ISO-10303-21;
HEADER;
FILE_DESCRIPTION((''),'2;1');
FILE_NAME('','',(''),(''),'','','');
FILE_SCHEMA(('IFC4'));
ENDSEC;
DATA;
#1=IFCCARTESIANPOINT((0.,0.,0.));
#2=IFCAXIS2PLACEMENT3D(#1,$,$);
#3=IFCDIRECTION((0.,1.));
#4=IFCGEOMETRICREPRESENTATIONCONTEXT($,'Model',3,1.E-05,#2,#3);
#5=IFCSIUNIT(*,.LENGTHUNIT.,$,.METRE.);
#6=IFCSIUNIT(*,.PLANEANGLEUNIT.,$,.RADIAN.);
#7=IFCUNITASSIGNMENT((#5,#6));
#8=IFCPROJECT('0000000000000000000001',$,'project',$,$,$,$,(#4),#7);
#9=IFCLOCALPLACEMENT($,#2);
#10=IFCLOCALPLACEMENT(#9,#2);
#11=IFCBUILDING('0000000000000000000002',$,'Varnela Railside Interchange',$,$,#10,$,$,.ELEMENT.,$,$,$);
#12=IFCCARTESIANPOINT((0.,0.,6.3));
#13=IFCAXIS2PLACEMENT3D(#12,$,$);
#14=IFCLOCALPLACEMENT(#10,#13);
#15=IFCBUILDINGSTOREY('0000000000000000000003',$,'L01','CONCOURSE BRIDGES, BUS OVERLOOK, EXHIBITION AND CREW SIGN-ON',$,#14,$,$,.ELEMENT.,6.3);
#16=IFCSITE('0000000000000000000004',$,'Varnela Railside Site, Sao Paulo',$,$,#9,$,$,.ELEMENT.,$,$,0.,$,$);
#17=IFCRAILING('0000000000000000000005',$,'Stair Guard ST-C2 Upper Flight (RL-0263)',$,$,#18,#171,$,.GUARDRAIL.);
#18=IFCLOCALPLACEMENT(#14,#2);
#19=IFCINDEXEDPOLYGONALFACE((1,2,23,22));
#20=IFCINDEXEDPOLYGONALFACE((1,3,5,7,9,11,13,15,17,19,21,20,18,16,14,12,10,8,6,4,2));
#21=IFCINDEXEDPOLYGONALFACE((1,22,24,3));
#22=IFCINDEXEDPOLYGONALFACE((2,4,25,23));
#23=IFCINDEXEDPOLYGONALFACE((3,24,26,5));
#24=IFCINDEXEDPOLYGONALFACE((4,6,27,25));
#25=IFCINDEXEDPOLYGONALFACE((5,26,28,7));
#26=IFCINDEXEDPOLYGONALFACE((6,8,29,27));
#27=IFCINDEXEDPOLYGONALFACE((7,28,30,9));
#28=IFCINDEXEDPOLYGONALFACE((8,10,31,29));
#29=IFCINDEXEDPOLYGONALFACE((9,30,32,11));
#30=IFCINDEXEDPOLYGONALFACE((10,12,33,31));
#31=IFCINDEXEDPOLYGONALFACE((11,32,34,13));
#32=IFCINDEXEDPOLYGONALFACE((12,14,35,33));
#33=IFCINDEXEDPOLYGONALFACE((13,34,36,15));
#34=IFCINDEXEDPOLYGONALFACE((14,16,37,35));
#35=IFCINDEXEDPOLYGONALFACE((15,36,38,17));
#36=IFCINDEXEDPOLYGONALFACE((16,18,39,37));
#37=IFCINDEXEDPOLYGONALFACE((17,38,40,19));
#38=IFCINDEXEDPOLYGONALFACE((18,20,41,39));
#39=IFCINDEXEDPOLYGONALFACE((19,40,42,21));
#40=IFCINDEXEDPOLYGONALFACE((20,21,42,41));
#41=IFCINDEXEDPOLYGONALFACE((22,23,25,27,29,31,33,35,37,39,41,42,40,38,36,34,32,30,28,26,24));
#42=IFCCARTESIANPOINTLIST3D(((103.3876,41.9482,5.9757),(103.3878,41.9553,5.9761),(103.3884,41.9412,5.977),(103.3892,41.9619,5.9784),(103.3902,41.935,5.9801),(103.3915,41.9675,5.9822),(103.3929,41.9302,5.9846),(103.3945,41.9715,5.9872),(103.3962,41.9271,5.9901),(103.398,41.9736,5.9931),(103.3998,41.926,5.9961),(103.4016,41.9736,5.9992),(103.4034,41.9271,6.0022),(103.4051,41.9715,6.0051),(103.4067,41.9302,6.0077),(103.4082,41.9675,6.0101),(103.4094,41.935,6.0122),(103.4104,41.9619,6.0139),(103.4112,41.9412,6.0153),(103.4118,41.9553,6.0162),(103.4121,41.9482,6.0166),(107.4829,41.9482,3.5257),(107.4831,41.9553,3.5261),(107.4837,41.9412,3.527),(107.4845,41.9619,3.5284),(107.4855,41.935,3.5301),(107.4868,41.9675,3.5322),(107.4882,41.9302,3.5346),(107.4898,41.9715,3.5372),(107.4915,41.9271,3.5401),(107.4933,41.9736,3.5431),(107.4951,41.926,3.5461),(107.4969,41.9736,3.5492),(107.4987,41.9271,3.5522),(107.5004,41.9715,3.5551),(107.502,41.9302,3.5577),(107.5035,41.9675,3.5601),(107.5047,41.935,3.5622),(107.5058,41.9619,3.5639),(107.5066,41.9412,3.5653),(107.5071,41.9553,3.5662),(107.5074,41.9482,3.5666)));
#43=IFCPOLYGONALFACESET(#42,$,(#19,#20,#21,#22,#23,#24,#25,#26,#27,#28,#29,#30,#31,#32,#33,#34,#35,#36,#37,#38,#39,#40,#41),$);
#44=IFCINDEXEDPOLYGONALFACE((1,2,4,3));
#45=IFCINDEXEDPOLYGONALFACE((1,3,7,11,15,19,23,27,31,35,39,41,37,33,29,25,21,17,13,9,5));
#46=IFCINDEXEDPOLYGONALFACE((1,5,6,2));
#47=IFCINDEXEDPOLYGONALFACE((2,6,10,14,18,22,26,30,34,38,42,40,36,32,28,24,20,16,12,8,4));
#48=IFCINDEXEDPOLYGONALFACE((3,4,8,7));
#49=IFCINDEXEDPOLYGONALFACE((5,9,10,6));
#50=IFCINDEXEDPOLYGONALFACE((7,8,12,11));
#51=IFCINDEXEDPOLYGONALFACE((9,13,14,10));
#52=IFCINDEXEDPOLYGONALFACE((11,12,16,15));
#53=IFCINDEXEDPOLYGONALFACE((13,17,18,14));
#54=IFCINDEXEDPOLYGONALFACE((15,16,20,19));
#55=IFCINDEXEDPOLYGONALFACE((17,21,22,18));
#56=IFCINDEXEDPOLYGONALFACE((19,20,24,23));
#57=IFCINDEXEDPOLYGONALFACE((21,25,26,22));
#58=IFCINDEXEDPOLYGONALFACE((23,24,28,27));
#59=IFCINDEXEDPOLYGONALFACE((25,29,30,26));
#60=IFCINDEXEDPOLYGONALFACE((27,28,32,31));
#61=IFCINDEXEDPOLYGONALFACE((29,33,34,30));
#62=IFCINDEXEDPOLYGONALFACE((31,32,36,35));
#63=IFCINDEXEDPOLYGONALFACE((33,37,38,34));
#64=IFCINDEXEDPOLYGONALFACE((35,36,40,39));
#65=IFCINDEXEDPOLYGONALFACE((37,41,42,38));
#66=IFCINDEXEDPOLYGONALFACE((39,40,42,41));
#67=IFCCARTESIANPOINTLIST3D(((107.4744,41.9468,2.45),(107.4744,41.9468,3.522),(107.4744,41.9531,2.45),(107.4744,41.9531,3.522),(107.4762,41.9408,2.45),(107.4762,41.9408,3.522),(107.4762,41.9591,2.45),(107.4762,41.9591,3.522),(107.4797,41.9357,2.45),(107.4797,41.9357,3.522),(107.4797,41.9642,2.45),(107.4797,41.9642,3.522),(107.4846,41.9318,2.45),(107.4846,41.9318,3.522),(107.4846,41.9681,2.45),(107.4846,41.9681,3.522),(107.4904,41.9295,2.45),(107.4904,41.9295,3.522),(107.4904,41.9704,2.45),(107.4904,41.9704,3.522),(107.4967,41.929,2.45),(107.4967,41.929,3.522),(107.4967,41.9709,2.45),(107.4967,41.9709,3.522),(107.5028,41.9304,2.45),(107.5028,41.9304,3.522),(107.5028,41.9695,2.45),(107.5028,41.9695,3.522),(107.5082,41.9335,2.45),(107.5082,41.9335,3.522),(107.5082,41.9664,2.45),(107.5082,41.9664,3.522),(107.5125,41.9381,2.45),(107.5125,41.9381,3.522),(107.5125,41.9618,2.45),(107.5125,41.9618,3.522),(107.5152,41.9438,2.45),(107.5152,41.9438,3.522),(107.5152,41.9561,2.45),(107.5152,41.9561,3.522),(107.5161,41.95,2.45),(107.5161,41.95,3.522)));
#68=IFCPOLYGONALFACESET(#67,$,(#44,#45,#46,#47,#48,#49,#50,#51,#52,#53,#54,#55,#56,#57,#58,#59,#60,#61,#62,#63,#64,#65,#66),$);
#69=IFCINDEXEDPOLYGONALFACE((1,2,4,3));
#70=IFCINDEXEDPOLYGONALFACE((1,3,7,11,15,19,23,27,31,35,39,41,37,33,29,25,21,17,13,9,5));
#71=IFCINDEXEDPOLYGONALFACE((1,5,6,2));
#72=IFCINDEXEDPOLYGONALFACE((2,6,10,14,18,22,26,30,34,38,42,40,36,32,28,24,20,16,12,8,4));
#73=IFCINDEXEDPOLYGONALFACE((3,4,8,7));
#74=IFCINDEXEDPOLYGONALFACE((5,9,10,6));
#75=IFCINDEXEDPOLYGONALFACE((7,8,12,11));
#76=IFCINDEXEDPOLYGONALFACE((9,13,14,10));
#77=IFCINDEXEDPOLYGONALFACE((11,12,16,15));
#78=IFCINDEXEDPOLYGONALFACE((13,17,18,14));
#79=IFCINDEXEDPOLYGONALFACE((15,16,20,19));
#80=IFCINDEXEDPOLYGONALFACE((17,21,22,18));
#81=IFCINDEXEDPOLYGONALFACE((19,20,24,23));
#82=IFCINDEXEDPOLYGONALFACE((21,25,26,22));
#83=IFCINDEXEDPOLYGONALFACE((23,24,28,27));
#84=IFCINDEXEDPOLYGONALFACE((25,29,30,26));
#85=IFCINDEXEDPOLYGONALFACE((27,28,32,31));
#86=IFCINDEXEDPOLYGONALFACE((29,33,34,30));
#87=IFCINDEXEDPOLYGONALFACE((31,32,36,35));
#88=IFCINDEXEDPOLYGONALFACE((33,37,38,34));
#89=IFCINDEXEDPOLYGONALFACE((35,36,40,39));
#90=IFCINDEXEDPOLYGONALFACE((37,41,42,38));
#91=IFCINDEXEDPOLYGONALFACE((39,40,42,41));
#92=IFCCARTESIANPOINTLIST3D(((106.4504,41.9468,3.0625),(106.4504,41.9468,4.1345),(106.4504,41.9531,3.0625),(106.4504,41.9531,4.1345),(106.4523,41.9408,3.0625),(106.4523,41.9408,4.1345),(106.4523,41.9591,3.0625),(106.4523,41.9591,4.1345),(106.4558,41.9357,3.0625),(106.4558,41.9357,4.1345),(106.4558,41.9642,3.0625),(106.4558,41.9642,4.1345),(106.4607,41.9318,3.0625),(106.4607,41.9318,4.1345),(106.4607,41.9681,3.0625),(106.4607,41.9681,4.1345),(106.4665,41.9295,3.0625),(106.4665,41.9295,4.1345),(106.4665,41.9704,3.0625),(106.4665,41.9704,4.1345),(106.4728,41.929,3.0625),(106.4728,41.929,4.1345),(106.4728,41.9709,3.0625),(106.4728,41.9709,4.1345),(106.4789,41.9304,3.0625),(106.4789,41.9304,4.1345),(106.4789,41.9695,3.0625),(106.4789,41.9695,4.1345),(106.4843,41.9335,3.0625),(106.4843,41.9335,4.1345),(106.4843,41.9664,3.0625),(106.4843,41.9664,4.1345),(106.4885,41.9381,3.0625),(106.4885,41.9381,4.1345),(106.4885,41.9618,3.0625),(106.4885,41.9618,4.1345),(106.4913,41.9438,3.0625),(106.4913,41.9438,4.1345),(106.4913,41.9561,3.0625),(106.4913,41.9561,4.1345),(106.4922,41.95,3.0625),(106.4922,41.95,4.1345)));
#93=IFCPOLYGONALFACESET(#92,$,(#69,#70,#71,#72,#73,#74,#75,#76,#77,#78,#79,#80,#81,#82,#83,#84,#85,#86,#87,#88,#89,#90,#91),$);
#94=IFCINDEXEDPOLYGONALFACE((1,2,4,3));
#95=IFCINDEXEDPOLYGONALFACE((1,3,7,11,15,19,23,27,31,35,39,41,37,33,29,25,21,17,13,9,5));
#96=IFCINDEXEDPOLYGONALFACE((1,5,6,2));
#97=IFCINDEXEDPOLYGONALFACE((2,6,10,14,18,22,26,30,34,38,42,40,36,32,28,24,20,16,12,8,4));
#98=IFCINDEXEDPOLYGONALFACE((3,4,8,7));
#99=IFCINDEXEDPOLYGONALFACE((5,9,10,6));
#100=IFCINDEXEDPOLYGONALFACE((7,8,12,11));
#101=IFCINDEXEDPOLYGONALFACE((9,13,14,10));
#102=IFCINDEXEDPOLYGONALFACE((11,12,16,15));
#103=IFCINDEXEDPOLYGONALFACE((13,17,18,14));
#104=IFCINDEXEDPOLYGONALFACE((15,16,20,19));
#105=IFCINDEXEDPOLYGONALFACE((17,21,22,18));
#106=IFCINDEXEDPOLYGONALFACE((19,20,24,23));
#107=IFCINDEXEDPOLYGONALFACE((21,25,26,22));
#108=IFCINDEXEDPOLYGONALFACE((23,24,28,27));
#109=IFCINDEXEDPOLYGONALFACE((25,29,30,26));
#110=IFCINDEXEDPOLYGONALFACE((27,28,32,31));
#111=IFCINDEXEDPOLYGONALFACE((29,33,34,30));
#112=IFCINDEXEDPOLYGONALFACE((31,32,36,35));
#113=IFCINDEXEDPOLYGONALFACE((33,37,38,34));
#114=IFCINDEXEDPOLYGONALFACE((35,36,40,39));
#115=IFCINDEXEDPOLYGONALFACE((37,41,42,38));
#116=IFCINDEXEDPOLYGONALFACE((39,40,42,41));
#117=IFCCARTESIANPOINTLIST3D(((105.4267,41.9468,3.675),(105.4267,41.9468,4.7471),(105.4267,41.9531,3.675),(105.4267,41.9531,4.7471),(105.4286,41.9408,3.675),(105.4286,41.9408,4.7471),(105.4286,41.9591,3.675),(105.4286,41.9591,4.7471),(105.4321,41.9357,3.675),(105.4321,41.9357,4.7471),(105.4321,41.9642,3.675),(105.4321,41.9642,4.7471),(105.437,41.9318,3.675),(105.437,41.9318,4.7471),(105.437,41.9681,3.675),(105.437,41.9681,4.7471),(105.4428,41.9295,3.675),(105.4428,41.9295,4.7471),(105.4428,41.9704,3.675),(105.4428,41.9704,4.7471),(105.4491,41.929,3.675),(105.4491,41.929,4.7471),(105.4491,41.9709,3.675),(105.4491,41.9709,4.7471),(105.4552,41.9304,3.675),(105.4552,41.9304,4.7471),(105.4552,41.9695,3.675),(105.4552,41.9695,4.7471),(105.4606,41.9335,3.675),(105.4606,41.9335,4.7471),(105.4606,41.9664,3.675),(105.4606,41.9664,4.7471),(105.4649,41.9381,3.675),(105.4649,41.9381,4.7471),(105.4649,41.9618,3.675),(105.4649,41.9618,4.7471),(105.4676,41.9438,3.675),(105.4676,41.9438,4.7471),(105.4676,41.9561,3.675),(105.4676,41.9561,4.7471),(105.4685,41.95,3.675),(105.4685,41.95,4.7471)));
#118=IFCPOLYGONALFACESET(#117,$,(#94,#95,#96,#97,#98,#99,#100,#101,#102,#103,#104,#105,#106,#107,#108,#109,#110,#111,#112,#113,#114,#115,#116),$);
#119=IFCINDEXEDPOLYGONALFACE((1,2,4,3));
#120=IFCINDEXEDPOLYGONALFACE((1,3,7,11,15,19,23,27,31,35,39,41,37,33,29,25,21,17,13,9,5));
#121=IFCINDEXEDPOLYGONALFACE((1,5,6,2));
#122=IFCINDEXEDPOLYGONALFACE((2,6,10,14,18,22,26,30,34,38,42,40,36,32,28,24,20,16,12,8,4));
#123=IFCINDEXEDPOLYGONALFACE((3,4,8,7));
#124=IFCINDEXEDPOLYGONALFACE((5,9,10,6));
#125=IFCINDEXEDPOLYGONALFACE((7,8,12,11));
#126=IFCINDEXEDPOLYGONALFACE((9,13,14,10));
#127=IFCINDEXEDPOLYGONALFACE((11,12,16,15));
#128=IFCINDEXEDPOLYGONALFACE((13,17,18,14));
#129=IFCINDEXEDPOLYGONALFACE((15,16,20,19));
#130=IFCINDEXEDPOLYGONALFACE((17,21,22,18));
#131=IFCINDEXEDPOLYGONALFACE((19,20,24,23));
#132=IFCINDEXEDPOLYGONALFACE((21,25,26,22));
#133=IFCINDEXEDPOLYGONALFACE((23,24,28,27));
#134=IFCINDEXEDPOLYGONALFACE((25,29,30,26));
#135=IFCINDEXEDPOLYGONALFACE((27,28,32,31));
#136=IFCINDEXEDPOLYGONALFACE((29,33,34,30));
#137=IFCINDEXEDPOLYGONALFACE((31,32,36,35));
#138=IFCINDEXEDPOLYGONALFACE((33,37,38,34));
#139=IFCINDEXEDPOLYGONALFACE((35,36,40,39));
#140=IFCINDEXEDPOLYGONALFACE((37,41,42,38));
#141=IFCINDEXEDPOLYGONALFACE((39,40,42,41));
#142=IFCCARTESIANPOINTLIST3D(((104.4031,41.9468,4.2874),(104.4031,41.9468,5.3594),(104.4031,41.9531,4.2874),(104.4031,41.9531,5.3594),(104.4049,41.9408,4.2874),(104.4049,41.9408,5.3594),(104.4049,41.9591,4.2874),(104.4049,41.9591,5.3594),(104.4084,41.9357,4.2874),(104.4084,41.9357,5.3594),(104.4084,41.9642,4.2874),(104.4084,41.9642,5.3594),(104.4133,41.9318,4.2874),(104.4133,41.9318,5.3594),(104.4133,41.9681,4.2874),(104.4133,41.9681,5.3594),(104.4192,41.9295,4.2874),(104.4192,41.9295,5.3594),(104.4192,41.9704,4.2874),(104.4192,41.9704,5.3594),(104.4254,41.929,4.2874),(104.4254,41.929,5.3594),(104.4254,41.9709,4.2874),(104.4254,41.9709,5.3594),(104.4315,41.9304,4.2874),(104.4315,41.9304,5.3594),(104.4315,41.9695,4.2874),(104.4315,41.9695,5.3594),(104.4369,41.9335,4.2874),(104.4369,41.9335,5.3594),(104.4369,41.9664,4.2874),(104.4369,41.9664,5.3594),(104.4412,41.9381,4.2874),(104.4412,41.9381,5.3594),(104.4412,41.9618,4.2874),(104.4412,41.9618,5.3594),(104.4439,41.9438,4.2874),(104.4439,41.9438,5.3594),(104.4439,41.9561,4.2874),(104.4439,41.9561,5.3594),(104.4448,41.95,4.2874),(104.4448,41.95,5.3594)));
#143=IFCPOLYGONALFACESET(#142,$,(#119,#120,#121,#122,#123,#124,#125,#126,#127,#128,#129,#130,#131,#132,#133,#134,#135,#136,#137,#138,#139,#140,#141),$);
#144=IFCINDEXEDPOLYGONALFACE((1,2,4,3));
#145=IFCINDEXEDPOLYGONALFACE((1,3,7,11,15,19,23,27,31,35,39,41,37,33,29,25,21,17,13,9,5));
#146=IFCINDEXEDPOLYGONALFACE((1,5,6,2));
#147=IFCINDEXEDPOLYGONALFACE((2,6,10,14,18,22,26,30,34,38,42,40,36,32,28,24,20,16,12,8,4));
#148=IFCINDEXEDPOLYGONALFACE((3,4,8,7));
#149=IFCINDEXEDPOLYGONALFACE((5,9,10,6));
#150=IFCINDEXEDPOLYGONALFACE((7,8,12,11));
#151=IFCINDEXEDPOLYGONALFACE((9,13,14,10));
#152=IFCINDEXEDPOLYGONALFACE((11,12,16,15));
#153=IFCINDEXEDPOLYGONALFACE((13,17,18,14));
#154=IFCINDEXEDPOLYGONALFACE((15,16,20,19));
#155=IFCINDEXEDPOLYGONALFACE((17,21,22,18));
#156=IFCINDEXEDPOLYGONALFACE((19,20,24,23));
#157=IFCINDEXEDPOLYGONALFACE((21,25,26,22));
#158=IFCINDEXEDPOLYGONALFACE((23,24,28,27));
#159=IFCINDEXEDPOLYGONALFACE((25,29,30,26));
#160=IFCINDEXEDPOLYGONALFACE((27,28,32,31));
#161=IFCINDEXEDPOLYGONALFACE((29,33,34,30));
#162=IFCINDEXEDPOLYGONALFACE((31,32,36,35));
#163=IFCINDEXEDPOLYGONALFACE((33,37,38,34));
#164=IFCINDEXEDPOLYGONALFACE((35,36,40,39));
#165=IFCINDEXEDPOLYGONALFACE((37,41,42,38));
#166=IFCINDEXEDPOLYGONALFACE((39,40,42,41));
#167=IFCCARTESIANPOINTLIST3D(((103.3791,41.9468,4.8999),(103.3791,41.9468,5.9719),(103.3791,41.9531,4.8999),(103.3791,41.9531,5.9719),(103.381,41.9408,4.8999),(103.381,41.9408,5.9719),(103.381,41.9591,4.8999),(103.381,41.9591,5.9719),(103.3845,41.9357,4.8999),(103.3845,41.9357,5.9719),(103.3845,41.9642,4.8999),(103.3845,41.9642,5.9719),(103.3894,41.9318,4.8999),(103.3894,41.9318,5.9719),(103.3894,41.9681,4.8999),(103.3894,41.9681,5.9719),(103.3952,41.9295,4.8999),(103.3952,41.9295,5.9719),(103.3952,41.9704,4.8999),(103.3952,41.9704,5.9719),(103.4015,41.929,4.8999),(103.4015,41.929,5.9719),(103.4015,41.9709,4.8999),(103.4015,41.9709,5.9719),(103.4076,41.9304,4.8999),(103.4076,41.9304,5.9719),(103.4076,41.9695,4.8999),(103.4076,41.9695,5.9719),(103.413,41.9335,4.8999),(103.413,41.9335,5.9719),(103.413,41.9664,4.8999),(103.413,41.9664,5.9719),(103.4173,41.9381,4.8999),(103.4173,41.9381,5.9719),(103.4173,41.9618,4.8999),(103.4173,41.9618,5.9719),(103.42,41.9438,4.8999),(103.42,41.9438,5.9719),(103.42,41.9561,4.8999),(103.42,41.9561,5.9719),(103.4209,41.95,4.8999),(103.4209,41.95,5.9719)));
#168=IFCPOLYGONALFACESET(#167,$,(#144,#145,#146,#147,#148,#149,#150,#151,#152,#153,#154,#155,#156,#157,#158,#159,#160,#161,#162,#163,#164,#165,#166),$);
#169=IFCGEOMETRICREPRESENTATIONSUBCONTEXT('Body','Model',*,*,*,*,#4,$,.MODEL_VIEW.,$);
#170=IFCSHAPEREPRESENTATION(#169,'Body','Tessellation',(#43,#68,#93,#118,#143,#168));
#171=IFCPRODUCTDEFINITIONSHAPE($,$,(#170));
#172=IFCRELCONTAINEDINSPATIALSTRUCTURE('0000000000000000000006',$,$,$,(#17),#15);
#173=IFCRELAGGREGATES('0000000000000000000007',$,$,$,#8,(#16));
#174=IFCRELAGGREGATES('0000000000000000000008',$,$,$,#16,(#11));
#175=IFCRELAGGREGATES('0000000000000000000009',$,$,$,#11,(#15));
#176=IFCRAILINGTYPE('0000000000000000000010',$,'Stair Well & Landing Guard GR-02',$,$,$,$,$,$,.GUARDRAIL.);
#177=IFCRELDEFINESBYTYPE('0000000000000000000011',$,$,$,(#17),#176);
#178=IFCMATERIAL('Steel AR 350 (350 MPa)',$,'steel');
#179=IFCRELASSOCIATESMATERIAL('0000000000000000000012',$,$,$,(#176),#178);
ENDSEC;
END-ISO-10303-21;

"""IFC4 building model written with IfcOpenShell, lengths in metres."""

from ifc_helpers import new_model, si_unit, direction, frame, origin, origin_2d, place, context, subcontext, project, spatial, circle, extrude, material, type_object, element, save


model = new_model("IFC4")

# Units and contexts
model_context = context("Model", 3, precision=1e-05, world=origin(), true_north=direction((0.0, 1.0)))
body_context = subcontext(model_context, "Body", "Model", "MODEL_VIEW")
ifc_project = project(units=[si_unit("LENGTHUNIT", "METRE"), si_unit("PLANEANGLEUNIT", "RADIAN")], contexts=[model_context])

# Site, building, storey
site_placement = place(None, origin())
site = spatial("IfcSite", under=ifc_project, at=site_placement, Name="Varnela Railside Site, Sao Paulo", CompositionType="ELEMENT", RefElevation=0.0)
building_placement = place(site_placement, origin())
building = spatial("IfcBuilding", under=site, at=building_placement, Name="Varnela Railside Interchange", CompositionType="ELEMENT")
storey_placement = place(building_placement, frame((0.0, 0.0, 6.3)))
storey = spatial("IfcBuildingStorey", under=building, at=storey_placement, Name="L01", Description="CONCOURSE BRIDGES, BUS OVERLOOK, EXHIBITION AND CREW SIGN-ON", CompositionType="ELEMENT", Elevation=6.3)

# Shared definitions
ifc_material_1 = material(Name="Steel AR 350 (350 MPa)", Category="steel")

# Railing
railing_type_1 = type_object("IfcRailingType", Name="Stair Well & Landing Guard GR-02", PredefinedType="GUARDRAIL", material=ifc_material_1)
railing_1_placement = place(storey_placement, frame((107.4951, 41.95, 2.45)))
element("IfcRailing", 1, at=railing_1_placement, inside=storey, type_object=railing_type_1, Name="Stair Guard ST-C2 Upper Flight (RL-0263)", PredefinedType="GUARDRAIL", context=body_context, shape_type="SweptSolid", body=[
    extrude(circle(Radius=0.0239, at=origin_2d()), frame((0.0, 0.0, 1.0962), z_axis=(-0.858156, 0.0, 0.513389), x_axis=(0.0, -1.0, 0.0)), (0.0, 0.0, 1.0), 4.7722),
    extrude(circle(Radius=0.021, at=origin_2d()), origin(), (0.0, 0.0, 1.0), 1.072),
    extrude(circle(Radius=0.021, at=origin_2d()), frame((-1.0239, 0.0, 0.6125)), (0.0, 0.0, 1.0), 1.072),
    extrude(circle(Radius=0.021, at=origin_2d()), frame((-2.0476, 0.0, 1.2251)), (0.0, 0.0, 1.0), 1.072),
    extrude(circle(Radius=0.021, at=origin_2d()), frame((-3.0713, 0.0, 1.8374)), (0.0, 0.0, 1.0), 1.072),
    extrude(circle(Radius=0.021, at=origin_2d()), frame((-4.0952, 0.0, 2.45)), (0.0, 0.0, 1.0), 1.072),
])

save(model, "model.ifc")
